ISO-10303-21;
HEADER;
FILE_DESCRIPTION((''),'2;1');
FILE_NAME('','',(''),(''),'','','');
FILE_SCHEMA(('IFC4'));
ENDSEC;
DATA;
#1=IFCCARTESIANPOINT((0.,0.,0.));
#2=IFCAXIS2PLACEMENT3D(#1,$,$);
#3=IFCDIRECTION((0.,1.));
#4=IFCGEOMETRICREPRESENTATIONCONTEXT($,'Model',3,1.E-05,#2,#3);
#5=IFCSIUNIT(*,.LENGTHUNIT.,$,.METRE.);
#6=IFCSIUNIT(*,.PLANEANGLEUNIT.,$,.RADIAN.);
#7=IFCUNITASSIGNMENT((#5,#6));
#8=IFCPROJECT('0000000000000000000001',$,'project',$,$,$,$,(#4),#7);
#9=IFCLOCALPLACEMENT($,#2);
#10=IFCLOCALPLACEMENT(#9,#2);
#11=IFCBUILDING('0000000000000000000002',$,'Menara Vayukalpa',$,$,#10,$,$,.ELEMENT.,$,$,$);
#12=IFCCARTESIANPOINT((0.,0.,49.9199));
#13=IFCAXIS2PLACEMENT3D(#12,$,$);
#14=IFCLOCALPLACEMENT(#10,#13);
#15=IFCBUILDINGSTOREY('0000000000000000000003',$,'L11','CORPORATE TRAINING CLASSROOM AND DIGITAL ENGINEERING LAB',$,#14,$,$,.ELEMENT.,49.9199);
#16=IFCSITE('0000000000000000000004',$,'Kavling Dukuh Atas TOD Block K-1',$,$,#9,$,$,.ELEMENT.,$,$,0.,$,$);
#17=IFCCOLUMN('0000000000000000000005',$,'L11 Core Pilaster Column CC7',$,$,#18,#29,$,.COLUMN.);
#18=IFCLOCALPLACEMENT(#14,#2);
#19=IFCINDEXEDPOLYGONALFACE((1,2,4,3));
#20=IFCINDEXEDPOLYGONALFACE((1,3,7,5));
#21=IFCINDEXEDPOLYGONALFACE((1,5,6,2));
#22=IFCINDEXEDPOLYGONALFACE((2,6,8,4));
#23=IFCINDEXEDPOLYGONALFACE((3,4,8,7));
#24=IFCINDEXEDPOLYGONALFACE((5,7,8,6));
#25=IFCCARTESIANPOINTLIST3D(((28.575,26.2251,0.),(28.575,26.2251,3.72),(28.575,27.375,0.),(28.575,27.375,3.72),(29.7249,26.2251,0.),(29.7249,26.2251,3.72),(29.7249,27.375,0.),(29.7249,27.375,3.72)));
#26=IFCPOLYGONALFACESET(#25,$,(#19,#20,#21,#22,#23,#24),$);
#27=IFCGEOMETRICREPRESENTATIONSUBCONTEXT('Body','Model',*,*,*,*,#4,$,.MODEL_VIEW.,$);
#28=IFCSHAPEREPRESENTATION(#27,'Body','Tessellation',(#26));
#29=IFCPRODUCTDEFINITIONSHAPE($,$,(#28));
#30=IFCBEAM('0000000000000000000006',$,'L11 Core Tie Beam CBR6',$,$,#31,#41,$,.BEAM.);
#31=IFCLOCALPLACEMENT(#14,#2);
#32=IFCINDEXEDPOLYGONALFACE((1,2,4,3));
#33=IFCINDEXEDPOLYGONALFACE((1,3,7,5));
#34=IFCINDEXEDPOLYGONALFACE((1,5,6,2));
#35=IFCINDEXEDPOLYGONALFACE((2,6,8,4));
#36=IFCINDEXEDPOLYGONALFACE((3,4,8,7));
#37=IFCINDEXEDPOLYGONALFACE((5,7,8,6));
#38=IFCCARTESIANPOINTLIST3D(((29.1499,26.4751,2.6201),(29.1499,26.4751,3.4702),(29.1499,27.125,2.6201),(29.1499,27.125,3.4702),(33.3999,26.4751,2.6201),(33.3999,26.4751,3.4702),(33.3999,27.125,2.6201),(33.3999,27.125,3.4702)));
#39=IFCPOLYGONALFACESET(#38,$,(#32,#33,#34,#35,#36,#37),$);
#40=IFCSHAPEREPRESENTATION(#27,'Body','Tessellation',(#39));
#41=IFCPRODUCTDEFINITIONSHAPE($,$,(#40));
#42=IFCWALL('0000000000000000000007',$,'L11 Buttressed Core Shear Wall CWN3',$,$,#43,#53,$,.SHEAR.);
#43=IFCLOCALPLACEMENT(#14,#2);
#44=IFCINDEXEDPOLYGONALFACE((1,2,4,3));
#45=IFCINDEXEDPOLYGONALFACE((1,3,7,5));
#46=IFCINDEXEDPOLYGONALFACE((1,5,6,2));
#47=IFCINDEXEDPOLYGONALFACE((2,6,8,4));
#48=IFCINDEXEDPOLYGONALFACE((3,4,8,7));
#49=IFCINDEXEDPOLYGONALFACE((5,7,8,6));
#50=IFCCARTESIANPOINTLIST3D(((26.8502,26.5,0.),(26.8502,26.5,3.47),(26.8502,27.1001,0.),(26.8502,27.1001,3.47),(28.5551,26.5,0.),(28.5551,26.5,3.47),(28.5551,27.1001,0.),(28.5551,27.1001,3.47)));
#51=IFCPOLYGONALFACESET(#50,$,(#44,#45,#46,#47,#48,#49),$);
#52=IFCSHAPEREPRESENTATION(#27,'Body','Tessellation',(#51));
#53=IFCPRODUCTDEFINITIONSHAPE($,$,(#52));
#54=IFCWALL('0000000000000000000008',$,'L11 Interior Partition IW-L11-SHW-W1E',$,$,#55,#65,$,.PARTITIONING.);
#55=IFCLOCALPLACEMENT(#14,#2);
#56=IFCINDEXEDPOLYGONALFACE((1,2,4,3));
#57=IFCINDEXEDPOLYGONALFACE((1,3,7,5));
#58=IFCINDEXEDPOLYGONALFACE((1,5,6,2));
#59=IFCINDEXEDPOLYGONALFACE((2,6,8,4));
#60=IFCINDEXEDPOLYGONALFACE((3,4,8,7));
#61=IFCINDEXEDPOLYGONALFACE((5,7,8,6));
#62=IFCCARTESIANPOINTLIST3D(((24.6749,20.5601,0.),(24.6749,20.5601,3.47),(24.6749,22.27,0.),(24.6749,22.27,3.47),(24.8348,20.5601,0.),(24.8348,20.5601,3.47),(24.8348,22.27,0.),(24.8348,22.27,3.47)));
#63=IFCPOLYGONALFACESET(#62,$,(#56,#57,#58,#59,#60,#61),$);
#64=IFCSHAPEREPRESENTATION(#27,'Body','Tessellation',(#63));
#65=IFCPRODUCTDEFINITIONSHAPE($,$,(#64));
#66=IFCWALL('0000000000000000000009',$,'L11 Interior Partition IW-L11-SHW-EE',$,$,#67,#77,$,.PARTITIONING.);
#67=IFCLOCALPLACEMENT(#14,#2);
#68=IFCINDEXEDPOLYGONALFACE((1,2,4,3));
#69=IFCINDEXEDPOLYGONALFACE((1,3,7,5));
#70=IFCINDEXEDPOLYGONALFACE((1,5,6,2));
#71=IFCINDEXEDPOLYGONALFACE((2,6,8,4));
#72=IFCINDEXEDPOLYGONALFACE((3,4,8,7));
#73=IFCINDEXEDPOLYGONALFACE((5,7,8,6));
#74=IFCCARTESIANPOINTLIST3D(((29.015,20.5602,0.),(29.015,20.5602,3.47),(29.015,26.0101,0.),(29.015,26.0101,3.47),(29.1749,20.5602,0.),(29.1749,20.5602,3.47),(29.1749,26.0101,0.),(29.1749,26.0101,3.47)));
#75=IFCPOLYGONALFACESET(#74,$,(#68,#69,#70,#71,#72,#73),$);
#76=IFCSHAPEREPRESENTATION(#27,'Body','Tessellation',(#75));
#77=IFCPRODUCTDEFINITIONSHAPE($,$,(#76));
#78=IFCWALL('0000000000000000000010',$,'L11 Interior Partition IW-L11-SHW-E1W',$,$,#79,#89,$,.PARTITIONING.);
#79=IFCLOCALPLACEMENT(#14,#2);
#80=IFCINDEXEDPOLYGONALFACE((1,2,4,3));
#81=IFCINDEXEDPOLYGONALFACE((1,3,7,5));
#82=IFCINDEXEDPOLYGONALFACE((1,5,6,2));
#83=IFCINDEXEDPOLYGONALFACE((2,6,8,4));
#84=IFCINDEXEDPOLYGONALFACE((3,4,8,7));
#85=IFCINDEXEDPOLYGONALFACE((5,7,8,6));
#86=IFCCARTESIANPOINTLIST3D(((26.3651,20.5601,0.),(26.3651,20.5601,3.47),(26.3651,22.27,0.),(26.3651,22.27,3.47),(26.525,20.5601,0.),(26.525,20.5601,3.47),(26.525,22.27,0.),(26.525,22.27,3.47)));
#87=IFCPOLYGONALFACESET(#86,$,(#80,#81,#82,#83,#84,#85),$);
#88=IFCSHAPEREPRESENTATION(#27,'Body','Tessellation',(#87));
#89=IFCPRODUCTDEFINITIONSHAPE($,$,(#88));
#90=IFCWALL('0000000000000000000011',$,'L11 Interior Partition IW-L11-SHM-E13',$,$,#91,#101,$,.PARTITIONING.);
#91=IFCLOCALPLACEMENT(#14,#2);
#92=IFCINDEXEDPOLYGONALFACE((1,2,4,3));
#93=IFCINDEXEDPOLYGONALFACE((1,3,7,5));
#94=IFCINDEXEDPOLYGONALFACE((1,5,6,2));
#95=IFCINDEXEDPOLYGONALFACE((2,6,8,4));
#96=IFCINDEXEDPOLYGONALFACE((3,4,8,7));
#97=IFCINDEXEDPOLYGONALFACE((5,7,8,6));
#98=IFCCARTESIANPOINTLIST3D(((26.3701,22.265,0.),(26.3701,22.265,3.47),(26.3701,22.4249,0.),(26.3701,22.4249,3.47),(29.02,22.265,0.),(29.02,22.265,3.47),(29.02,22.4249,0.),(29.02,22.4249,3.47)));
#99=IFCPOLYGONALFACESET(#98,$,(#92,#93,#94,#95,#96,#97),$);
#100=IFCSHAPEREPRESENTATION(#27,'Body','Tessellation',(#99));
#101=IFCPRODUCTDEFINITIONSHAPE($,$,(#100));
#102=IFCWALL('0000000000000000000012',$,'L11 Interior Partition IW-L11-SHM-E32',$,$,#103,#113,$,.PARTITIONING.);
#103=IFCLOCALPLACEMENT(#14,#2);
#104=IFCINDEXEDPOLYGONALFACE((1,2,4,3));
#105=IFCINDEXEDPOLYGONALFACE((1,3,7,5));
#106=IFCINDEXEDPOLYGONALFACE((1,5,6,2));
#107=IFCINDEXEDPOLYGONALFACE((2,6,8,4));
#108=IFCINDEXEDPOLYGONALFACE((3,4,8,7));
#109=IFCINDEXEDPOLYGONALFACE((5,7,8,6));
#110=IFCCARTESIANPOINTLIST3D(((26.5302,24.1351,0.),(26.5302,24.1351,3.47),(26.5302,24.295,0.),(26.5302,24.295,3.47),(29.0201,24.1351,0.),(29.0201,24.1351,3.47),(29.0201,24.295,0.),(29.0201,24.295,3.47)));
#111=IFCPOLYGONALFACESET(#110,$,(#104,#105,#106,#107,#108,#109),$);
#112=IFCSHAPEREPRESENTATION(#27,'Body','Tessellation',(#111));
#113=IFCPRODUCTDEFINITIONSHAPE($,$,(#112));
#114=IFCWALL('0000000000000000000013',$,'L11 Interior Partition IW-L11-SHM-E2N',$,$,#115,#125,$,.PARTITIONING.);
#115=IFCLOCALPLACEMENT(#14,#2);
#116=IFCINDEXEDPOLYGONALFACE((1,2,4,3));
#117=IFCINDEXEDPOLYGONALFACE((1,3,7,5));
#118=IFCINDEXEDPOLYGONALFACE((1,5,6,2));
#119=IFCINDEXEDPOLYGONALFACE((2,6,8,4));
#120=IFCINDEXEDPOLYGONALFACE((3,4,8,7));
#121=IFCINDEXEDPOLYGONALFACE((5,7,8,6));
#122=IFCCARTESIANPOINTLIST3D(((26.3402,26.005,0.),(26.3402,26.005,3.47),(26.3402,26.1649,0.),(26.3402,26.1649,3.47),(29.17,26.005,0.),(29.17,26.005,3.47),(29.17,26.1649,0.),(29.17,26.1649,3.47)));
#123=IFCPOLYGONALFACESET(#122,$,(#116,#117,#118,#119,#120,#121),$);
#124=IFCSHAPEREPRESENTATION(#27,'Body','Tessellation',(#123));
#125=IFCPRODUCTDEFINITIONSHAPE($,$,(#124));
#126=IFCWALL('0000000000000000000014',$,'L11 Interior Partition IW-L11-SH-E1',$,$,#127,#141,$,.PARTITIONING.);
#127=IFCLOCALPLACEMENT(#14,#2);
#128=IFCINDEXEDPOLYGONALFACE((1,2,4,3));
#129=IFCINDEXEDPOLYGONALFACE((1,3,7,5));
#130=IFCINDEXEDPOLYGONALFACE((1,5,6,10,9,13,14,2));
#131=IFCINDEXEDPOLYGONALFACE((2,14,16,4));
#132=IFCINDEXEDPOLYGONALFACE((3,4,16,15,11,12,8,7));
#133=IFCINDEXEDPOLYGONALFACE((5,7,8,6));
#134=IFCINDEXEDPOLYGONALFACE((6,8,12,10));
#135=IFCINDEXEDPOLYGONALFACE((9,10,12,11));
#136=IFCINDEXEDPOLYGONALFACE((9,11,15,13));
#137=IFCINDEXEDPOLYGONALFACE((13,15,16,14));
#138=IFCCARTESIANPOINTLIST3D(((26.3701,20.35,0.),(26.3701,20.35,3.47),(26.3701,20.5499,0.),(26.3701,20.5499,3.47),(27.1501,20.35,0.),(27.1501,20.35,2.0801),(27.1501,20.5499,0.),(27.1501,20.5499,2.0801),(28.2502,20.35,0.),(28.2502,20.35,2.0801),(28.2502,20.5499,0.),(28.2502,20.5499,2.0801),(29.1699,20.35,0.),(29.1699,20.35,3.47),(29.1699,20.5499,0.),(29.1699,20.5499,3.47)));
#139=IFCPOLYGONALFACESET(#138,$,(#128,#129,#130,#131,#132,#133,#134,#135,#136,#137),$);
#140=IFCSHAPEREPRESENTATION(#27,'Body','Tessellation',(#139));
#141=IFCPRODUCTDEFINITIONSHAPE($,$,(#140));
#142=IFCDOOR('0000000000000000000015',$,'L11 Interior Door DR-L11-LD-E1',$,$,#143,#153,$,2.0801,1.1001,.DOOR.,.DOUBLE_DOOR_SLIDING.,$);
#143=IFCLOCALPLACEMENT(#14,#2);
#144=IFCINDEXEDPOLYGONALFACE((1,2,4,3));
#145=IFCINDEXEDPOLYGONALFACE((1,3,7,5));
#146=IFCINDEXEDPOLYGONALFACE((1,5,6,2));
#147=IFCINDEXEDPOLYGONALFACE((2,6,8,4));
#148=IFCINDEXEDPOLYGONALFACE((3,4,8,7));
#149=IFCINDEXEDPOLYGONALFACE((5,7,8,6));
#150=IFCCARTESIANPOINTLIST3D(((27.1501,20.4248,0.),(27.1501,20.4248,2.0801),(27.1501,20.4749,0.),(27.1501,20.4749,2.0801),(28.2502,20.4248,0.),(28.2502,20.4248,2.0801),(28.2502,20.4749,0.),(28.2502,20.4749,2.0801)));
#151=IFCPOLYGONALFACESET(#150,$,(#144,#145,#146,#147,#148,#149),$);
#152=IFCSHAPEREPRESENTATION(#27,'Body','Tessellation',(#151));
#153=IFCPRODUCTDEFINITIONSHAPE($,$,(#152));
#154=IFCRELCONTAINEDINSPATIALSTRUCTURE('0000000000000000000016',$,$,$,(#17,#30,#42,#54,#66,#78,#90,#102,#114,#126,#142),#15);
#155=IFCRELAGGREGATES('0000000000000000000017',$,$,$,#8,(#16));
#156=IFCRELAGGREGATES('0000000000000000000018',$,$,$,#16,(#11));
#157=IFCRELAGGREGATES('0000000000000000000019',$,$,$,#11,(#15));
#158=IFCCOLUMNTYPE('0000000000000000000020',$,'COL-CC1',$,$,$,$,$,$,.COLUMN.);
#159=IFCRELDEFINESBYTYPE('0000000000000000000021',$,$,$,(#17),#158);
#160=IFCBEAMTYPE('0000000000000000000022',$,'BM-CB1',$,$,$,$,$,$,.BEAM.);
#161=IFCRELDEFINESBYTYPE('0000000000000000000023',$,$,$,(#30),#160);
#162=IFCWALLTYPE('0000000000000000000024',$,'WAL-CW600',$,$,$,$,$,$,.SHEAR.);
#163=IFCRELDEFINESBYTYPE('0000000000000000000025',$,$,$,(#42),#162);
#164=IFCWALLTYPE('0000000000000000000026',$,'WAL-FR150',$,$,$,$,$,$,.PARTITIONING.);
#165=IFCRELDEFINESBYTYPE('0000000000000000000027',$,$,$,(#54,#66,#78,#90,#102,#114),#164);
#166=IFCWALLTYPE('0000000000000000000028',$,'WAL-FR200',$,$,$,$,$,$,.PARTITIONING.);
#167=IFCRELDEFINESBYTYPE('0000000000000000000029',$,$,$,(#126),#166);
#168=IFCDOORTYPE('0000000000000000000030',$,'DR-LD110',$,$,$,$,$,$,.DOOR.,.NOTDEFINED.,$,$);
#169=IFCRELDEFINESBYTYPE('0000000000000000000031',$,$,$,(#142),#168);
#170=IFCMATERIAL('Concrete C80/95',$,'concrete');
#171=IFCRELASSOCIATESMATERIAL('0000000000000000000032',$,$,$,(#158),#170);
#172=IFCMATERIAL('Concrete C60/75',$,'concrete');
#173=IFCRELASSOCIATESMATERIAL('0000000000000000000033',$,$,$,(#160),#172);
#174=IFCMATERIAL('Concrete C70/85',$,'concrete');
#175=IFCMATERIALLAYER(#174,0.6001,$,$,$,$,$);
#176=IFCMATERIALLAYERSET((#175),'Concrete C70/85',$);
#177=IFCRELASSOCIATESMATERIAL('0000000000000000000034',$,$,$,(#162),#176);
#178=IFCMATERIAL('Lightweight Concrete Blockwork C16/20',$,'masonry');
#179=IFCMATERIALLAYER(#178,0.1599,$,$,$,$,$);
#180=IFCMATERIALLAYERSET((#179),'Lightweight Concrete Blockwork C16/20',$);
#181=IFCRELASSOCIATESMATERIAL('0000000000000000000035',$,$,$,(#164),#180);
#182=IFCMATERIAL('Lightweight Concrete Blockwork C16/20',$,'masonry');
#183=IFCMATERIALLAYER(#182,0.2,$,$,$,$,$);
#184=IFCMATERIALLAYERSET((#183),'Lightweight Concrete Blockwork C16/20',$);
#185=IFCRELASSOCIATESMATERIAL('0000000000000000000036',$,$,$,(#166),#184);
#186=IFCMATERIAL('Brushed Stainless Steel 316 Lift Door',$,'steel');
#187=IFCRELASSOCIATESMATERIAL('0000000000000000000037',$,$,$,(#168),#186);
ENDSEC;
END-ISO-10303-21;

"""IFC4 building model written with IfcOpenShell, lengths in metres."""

from ifc_helpers import new_model, si_unit, direction, frame, frame_2d, origin, origin_2d, place, context, subcontext, project, spatial, rectangle, extrude, material, layer, layer_set, material_profile, profile_set, type_object, element, fill, save


model = new_model("IFC4")

# Units and contexts
model_context = context("Model", 3, precision=1e-05, world=origin(), true_north=direction((0.0, 1.0)))
body_context = subcontext(model_context, "Body", "Model", "MODEL_VIEW")
ifc_project = project(units=[si_unit("LENGTHUNIT", "METRE"), si_unit("PLANEANGLEUNIT", "RADIAN")], contexts=[model_context])

# Site, building, storey
site_placement = place(None, origin())
site = spatial("IfcSite", under=ifc_project, at=site_placement, Name="Kavling Dukuh Atas TOD Block K-1", CompositionType="ELEMENT", RefElevation=0.0)
building_placement = place(site_placement, origin())
building = spatial("IfcBuilding", under=site, at=building_placement, Name="Menara Vayukalpa", CompositionType="ELEMENT")
storey_placement = place(building_placement, frame((0.0, 0.0, 49.9199)))
storey = spatial("IfcBuildingStorey", under=building, at=storey_placement, Name="L11", Description="CORPORATE TRAINING CLASSROOM AND DIGITAL ENGINEERING LAB", CompositionType="ELEMENT", Elevation=49.9199)

# Column
ifc_material_1 = material(Name="Concrete C80/95", Category="concrete")
ifc_material_profile_1 = material_profile(ifc_material_1, rectangle(XDim=1.1499, YDim=1.1499, at=origin_2d()), Name="RC 1150x1150")
ifc_profile_set_1 = profile_set([ifc_material_profile_1], Name="Concrete C80/95")
column_type = type_object("IfcColumnType", Name="COL-CC1", PredefinedType="COLUMN", material=ifc_profile_set_1)
column_placement = place(storey_placement, frame((29.1499, 26.8, 0.0), z_axis=(0.0, 0.0, 1.0), x_axis=(1.0, 0.0, 0.0)))
element("IfcColumn", 1, at=column_placement, inside=storey, type_object=column_type, Name="L11 Core Pilaster Column CC7", PredefinedType="COLUMN", context=body_context, shape_type="SweptSolid", body=[
    extrude(rectangle(XDim=1.1499, YDim=1.1499, at=origin_2d()), origin(), (0.0, 0.0, 1.0), 3.72),
])

# Beam
ifc_material_2 = material(Name="Concrete C60/75", Category="concrete")
ifc_material_profile_2 = material_profile(ifc_material_2, rectangle(XDim=0.6499, YDim=0.8501, at=origin_2d()), Name="RC 650x850")
ifc_profile_set_2 = profile_set([ifc_material_profile_2], Name="Concrete C60/75")
beam_type = type_object("IfcBeamType", Name="BM-CB1", PredefinedType="BEAM", material=ifc_profile_set_2)
beam_placement = place(storey_placement, frame((29.1499, 26.8, 3.0452), z_axis=(1.0, 0.0, 0.0), x_axis=(0.0, 1.0, 0.0)))
element("IfcBeam", 2, at=beam_placement, inside=storey, type_object=beam_type, Name="L11 Core Tie Beam CBR6", PredefinedType="BEAM", context=body_context, shape_type="SweptSolid", body=[
    extrude(rectangle(XDim=0.6499, YDim=0.8501, at=origin_2d()), origin(), (0.0, 0.0, 1.0), 4.25),
])

# Walls
ifc_material_3 = material(Name="Concrete C70/85", Category="concrete")
ifc_layer_1 = layer(ifc_material_3, 0.6001)
ifc_layer_set_1 = layer_set([ifc_layer_1], Name="Concrete C70/85")
wall_type_1 = type_object("IfcWallType", Name="WAL-CW600", PredefinedType="SHEAR", material=ifc_layer_set_1)
wall_1_placement = place(storey_placement, frame((26.8501, 26.8, 0.0), z_axis=(0.0, 0.0, 1.0), x_axis=(1.0, 0.0, 0.0)))
element("IfcWall", 3, at=wall_1_placement, inside=storey, type_object=wall_type_1, Name="L11 Buttressed Core Shear Wall CWN3", PredefinedType="SHEAR", context=body_context, shape_type="SweptSolid", body=[
    extrude(rectangle(XDim=1.7048, YDim=0.6001, at=frame_2d((0.8525, 0.0))), origin(), (0.0, 0.0, 1.0), 3.47),
])
ifc_material_4 = material(Name="Lightweight Concrete Blockwork C16/20", Category="masonry")
ifc_layer_2 = layer(ifc_material_4, 0.1599)
ifc_layer_set_2 = layer_set([ifc_layer_2], Name="Lightweight Concrete Blockwork C16/20")
wall_type_2 = type_object("IfcWallType", Name="WAL-FR150", PredefinedType="PARTITIONING", material=ifc_layer_set_2)
wall_2_placement = place(storey_placement, frame((24.7549, 20.5601, 0.0), z_axis=(0.0, 0.0, 1.0), x_axis=(0.0, 1.0, 0.0)))
element("IfcWall", 4, at=wall_2_placement, inside=storey, type_object=wall_type_2, Name="L11 Interior Partition IW-L11-SHW-W1E", PredefinedType="PARTITIONING", context=body_context, shape_type="SweptSolid", body=[
    extrude(rectangle(XDim=1.71, YDim=0.1599, at=frame_2d((0.855, 0.0))), origin(), (0.0, 0.0, 1.0), 3.47),
])
wall_3_placement = place(storey_placement, frame((29.095, 20.5601, 0.0), z_axis=(0.0, 0.0, 1.0), x_axis=(0.0, 1.0, 0.0)))
element("IfcWall", 5, at=wall_3_placement, inside=storey, type_object=wall_type_2, Name="L11 Interior Partition IW-L11-SHW-EE", PredefinedType="PARTITIONING", context=body_context, shape_type="SweptSolid", body=[
    extrude(rectangle(XDim=5.45, YDim=0.1599, at=frame_2d((2.7251, 0.0))), origin(), (0.0, 0.0, 1.0), 3.47),
])
wall_4_placement = place(storey_placement, frame((26.4451, 20.5601, 0.0), z_axis=(0.0, 0.0, 1.0), x_axis=(0.0, 1.0, 0.0)))
element("IfcWall", 6, at=wall_4_placement, inside=storey, type_object=wall_type_2, Name="L11 Interior Partition IW-L11-SHW-E1W", PredefinedType="PARTITIONING", context=body_context, shape_type="SweptSolid", body=[
    extrude(rectangle(XDim=1.71, YDim=0.1599, at=frame_2d((0.855, 0.0))), origin(), (0.0, 0.0, 1.0), 3.47),
])
wall_5_placement = place(storey_placement, frame((26.3701, 22.345, 0.0), z_axis=(0.0, 0.0, 1.0), x_axis=(1.0, 0.0, 0.0)))
element("IfcWall", 7, at=wall_5_placement, inside=storey, type_object=wall_type_2, Name="L11 Interior Partition IW-L11-SHM-E13", PredefinedType="PARTITIONING", context=body_context, shape_type="SweptSolid", body=[
    extrude(rectangle(XDim=2.6499, YDim=0.1599, at=frame_2d((1.325, 0.0))), origin(), (0.0, 0.0, 1.0), 3.47),
])
wall_6_placement = place(storey_placement, frame((26.53, 24.2151, 0.0), z_axis=(0.0, 0.0, 1.0), x_axis=(1.0, 0.0, 0.0)))
element("IfcWall", 8, at=wall_6_placement, inside=storey, type_object=wall_type_2, Name="L11 Interior Partition IW-L11-SHM-E32", PredefinedType="PARTITIONING", context=body_context, shape_type="SweptSolid", body=[
    extrude(rectangle(XDim=2.49, YDim=0.1599, at=frame_2d((1.2451, 0.0))), origin(), (0.0, 0.0, 1.0), 3.47),
])
wall_7_placement = place(storey_placement, frame((26.3401, 26.085, 0.0), z_axis=(0.0, 0.0, 1.0), x_axis=(1.0, 0.0, 0.0)))
element("IfcWall", 9, at=wall_7_placement, inside=storey, type_object=wall_type_2, Name="L11 Interior Partition IW-L11-SHM-E2N", PredefinedType="PARTITIONING", context=body_context, shape_type="SweptSolid", body=[
    extrude(rectangle(XDim=2.8298, YDim=0.1599, at=frame_2d((1.415, 0.0))), origin(), (0.0, 0.0, 1.0), 3.47),
])

# Wall, opening, door
ifc_material_5 = material(Name="Lightweight Concrete Blockwork C16/20", Category="masonry")
ifc_layer_3 = layer(ifc_material_5, 0.2)
ifc_layer_set_3 = layer_set([ifc_layer_3], Name="Lightweight Concrete Blockwork C16/20")
wall_type_3 = type_object("IfcWallType", Name="WAL-FR200", PredefinedType="PARTITIONING", material=ifc_layer_set_3)
wall_8_placement = place(storey_placement, frame((26.3701, 20.45, 0.0), z_axis=(0.0, 0.0, 1.0), x_axis=(1.0, 0.0, 0.0)))
wall_8 = element("IfcWall", 10, at=wall_8_placement, inside=storey, type_object=wall_type_3, Name="L11 Interior Partition IW-L11-SH-E1", PredefinedType="PARTITIONING", context=body_context, shape_type="SweptSolid", body=[
    extrude(rectangle(XDim=2.7998, YDim=0.2, at=frame_2d((1.3999, 0.0))), origin(), (0.0, 0.0, 1.0), 3.47),
])
opening_1_placement = place(wall_8_placement, frame((0.78, 0.0, 0.0)))
opening_1 = element("IfcOpeningElement", 11, at=opening_1_placement, cuts=wall_8, PredefinedType="OPENING", context=body_context, shape_type="SweptSolid", body=[
    extrude(rectangle(XDim=1.1001, YDim=2.0801, at=frame_2d((0.55, 1.04))), frame((0.0, 0.1099, 0.0), z_axis=(0.0, -1.0, 0.0), x_axis=(1.0, 0.0, 0.0)), (0.0, 0.0, 1.0), 0.22),
])
ifc_material_6 = material(Name="Brushed Stainless Steel 316 Lift Door", Category="steel")
door_type = type_object("IfcDoorType", Name="DR-LD110", OperationType="NOTDEFINED", PredefinedType="DOOR", material=ifc_material_6)
door_1_placement = place(opening_1_placement, origin())
door_1 = element("IfcDoor", 12, at=door_1_placement, inside=storey, type_object=door_type, Name="L11 Interior Door DR-L11-LD-E1", OperationType="DOUBLE_DOOR_SLIDING", OverallHeight=2.0801, OverallWidth=1.1001, PredefinedType="DOOR", context=body_context, shape_type="SweptSolid", body=[
    extrude(rectangle(XDim=1.1001, YDim=2.0801, at=frame_2d((0.55, 1.04))), frame((0.0, 0.0249, 0.0), z_axis=(0.0, -1.0, 0.0), x_axis=(1.0, 0.0, 0.0)), (0.0, 0.0, 1.0), 0.05),
])
fill(opening_1, door_1)

save(model, "model.ifc")
